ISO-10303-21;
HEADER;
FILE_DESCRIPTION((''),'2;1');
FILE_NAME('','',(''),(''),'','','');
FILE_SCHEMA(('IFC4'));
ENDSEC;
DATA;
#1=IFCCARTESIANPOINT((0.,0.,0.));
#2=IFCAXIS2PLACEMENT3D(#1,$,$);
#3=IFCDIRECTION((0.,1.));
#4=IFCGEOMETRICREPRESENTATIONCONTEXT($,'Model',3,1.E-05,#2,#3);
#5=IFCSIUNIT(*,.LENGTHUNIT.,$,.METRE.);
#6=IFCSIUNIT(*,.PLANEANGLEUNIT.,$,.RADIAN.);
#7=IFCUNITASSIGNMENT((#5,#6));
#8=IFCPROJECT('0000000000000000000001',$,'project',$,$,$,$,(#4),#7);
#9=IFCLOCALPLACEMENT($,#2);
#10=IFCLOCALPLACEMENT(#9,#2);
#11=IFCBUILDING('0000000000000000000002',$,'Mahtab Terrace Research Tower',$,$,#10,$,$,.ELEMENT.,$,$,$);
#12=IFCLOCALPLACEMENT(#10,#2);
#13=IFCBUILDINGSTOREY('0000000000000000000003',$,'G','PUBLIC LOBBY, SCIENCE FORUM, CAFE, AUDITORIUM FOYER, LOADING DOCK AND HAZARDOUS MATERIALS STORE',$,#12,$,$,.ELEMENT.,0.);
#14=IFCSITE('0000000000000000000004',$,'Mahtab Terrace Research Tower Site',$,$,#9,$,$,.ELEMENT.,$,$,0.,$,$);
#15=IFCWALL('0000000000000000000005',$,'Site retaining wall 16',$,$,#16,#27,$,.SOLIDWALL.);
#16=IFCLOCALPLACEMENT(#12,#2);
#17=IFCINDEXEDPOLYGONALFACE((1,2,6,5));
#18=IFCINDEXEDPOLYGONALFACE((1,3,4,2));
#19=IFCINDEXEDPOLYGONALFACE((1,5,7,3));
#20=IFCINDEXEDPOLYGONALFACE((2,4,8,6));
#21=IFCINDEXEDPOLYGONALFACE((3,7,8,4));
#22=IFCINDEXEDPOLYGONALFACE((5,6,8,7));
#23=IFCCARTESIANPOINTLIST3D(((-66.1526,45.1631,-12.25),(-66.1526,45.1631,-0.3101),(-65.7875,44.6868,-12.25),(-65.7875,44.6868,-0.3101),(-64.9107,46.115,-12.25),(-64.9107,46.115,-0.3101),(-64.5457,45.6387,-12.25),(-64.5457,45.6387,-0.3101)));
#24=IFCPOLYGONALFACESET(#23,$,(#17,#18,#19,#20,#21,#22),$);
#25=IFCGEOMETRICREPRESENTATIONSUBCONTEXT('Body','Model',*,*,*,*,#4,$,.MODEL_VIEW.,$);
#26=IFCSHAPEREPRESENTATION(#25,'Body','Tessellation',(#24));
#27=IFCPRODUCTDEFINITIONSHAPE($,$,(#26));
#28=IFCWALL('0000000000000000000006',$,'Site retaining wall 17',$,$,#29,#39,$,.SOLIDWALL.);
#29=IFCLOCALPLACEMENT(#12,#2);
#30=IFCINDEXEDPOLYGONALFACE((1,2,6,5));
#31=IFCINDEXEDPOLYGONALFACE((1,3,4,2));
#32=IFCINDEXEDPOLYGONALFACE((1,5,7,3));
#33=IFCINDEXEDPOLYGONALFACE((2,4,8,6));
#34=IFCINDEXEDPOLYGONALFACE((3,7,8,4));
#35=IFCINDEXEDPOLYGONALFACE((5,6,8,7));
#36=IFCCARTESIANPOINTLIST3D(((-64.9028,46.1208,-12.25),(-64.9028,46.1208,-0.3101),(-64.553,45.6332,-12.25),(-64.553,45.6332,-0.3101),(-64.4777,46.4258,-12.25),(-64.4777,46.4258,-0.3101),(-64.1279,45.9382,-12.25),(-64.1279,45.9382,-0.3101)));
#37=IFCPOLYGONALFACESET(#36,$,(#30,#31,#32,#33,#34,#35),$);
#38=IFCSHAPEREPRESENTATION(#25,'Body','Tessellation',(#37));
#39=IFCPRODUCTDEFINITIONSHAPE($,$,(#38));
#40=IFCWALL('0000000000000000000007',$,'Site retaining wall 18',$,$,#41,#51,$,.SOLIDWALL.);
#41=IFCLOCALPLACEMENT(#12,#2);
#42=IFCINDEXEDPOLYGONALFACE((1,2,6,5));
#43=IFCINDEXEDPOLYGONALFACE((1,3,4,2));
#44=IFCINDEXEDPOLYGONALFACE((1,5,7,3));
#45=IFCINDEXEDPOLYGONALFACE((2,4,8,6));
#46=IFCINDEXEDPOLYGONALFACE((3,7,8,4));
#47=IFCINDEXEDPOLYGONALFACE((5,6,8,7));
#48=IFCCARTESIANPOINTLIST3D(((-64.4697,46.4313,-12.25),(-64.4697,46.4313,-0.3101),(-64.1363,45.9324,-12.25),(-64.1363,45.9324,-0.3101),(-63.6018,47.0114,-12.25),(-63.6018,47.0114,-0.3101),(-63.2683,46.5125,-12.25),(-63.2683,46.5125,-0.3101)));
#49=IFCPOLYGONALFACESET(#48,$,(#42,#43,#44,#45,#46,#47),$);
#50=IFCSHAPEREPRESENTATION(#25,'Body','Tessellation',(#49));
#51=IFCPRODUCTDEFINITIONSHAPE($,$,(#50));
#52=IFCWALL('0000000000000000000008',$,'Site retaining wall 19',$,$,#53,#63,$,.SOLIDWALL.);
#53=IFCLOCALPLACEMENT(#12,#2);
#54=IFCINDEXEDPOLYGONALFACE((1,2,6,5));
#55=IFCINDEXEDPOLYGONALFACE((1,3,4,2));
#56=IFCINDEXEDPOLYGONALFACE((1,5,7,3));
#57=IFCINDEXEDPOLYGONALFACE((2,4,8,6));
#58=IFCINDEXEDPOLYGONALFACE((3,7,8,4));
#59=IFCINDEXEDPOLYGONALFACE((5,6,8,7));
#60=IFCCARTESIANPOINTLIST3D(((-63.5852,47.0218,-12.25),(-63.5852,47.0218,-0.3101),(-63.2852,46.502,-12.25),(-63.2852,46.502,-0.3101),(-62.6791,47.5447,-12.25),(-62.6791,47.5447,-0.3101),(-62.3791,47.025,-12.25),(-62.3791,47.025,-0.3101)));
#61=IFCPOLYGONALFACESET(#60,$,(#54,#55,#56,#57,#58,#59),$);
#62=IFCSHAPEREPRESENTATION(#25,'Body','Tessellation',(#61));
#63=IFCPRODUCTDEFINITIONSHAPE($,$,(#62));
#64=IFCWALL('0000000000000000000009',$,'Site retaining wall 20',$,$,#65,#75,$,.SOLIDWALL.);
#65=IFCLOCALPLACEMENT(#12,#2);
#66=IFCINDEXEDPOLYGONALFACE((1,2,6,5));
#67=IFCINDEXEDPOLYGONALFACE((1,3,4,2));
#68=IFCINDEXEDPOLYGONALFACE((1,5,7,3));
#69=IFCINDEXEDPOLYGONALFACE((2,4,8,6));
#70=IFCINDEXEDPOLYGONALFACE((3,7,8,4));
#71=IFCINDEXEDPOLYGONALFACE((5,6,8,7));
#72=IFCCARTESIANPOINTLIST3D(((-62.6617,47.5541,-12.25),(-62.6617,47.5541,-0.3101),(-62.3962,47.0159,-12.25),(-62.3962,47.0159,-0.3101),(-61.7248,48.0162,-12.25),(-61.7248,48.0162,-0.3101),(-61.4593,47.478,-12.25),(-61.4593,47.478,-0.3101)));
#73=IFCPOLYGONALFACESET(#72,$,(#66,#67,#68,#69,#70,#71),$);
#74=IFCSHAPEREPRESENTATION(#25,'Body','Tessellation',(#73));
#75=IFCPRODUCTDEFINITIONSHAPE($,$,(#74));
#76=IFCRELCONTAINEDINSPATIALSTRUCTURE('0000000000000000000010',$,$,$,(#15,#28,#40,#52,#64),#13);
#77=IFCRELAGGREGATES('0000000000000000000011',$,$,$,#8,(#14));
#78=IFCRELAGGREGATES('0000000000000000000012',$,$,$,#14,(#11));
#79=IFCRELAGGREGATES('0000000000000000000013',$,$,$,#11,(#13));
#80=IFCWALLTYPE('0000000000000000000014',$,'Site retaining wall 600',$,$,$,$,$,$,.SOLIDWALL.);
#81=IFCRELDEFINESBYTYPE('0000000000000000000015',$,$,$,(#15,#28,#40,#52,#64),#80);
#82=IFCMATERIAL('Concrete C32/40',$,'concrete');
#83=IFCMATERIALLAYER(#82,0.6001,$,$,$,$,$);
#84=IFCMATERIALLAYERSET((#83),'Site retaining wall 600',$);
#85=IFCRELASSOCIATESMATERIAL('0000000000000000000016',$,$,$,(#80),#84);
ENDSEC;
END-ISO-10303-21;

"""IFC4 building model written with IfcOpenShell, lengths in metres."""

from ifc_helpers import new_model, si_unit, direction, frame, frame_2d, origin, place, context, subcontext, project, spatial, rectangle, extrude, material, layer, layer_set, type_object, element, save


model = new_model("IFC4")

# Units and contexts
model_context = context("Model", 3, precision=1e-05, world=origin(), true_north=direction((0.0, 1.0)))
body_context = subcontext(model_context, "Body", "Model", "MODEL_VIEW")
ifc_project = project(units=[si_unit("LENGTHUNIT", "METRE"), si_unit("PLANEANGLEUNIT", "RADIAN")], contexts=[model_context])

# Site, building, storey
site_placement = place(None, origin())
site = spatial("IfcSite", under=ifc_project, at=site_placement, Name="Mahtab Terrace Research Tower Site", CompositionType="ELEMENT", RefElevation=0.0)
building_placement = place(site_placement, origin())
building = spatial("IfcBuilding", under=site, at=building_placement, Name="Mahtab Terrace Research Tower", CompositionType="ELEMENT")
storey_placement = place(building_placement, origin())
storey = spatial("IfcBuildingStorey", under=building, at=storey_placement, Name="G", Description="PUBLIC LOBBY, SCIENCE FORUM, CAFE, AUDITORIUM FOYER, LOADING DOCK AND HAZARDOUS MATERIALS STORE", CompositionType="ELEMENT", Elevation=0.0)

# Walls
ifc_material = material(Name="Concrete C32/40", Category="concrete")
ifc_layer = layer(ifc_material, 0.6001)
ifc_layer_set = layer_set([ifc_layer], Name="Site retaining wall 600")
wall_type = type_object("IfcWallType", Name="Site retaining wall 600", PredefinedType="SOLIDWALL", material=ifc_layer_set)
wall_1_placement = place(storey_placement, frame((-65.97, 44.925, -12.25), z_axis=(0.0, 0.0, 1.0), x_axis=(0.793684, 0.60833, 0.0)))
element("IfcWall", 1, at=wall_1_placement, inside=storey, type_object=wall_type, Name="Site retaining wall 16", PredefinedType="SOLIDWALL", context=body_context, shape_type="SweptSolid", body=[
    extrude(rectangle(XDim=1.5647, YDim=0.6001, at=frame_2d((0.7822, 0.0))), origin(), (0.0, 0.0, 1.0), 11.9399),
])
wall_2_placement = place(storey_placement, frame((-64.728, 45.877, -12.25), z_axis=(0.0, 0.0, 1.0), x_axis=(0.812533, 0.582915, 0.0)))
element("IfcWall", 2, at=wall_2_placement, inside=storey, type_object=wall_type, Name="Site retaining wall 17", PredefinedType="SOLIDWALL", context=body_context, shape_type="SweptSolid", body=[
    extrude(rectangle(XDim=0.5232, YDim=0.6001, at=frame_2d((0.2617, 0.0))), origin(), (0.0, 0.0, 1.0), 11.9399),
])
wall_3_placement = place(storey_placement, frame((-64.303, 46.1819, -12.25), z_axis=(0.0, 0.0, 1.0), x_axis=(0.831402, 0.555671, 0.0)))
element("IfcWall", 3, at=wall_3_placement, inside=storey, type_object=wall_type, Name="Site retaining wall 18", PredefinedType="SOLIDWALL", context=body_context, shape_type="SweptSolid", body=[
    extrude(rectangle(XDim=1.0439, YDim=0.6001, at=frame_2d((0.522, 0.0))), origin(), (0.0, 0.0, 1.0), 11.9399),
])
wall_4_placement = place(storey_placement, frame((-63.4351, 46.762, -12.25), z_axis=(0.0, 0.0, 1.0), x_axis=(0.866081, 0.499904, 0.0)))
element("IfcWall", 4, at=wall_4_placement, inside=storey, type_object=wall_type, Name="Site retaining wall 19", PredefinedType="SOLIDWALL", context=body_context, shape_type="SweptSolid", body=[
    extrude(rectangle(XDim=1.0461, YDim=0.6001, at=frame_2d((0.5229, 0.0))), origin(), (0.0, 0.0, 1.0), 11.9399),
])
wall_5_placement = place(storey_placement, frame((-62.5291, 47.2849, -12.25), z_axis=(0.0, 0.0, 1.0), x_axis=(0.896844, 0.442347, 0.0)))
element("IfcWall", 5, at=wall_5_placement, inside=storey, type_object=wall_type, Name="Site retaining wall 20", PredefinedType="SOLIDWALL", context=body_context, shape_type="SweptSolid", body=[
    extrude(rectangle(XDim=1.0447, YDim=0.6001, at=frame_2d((0.5225, 0.0))), origin(), (0.0, 0.0, 1.0), 11.9399),
])

save(model, "model.ifc")
